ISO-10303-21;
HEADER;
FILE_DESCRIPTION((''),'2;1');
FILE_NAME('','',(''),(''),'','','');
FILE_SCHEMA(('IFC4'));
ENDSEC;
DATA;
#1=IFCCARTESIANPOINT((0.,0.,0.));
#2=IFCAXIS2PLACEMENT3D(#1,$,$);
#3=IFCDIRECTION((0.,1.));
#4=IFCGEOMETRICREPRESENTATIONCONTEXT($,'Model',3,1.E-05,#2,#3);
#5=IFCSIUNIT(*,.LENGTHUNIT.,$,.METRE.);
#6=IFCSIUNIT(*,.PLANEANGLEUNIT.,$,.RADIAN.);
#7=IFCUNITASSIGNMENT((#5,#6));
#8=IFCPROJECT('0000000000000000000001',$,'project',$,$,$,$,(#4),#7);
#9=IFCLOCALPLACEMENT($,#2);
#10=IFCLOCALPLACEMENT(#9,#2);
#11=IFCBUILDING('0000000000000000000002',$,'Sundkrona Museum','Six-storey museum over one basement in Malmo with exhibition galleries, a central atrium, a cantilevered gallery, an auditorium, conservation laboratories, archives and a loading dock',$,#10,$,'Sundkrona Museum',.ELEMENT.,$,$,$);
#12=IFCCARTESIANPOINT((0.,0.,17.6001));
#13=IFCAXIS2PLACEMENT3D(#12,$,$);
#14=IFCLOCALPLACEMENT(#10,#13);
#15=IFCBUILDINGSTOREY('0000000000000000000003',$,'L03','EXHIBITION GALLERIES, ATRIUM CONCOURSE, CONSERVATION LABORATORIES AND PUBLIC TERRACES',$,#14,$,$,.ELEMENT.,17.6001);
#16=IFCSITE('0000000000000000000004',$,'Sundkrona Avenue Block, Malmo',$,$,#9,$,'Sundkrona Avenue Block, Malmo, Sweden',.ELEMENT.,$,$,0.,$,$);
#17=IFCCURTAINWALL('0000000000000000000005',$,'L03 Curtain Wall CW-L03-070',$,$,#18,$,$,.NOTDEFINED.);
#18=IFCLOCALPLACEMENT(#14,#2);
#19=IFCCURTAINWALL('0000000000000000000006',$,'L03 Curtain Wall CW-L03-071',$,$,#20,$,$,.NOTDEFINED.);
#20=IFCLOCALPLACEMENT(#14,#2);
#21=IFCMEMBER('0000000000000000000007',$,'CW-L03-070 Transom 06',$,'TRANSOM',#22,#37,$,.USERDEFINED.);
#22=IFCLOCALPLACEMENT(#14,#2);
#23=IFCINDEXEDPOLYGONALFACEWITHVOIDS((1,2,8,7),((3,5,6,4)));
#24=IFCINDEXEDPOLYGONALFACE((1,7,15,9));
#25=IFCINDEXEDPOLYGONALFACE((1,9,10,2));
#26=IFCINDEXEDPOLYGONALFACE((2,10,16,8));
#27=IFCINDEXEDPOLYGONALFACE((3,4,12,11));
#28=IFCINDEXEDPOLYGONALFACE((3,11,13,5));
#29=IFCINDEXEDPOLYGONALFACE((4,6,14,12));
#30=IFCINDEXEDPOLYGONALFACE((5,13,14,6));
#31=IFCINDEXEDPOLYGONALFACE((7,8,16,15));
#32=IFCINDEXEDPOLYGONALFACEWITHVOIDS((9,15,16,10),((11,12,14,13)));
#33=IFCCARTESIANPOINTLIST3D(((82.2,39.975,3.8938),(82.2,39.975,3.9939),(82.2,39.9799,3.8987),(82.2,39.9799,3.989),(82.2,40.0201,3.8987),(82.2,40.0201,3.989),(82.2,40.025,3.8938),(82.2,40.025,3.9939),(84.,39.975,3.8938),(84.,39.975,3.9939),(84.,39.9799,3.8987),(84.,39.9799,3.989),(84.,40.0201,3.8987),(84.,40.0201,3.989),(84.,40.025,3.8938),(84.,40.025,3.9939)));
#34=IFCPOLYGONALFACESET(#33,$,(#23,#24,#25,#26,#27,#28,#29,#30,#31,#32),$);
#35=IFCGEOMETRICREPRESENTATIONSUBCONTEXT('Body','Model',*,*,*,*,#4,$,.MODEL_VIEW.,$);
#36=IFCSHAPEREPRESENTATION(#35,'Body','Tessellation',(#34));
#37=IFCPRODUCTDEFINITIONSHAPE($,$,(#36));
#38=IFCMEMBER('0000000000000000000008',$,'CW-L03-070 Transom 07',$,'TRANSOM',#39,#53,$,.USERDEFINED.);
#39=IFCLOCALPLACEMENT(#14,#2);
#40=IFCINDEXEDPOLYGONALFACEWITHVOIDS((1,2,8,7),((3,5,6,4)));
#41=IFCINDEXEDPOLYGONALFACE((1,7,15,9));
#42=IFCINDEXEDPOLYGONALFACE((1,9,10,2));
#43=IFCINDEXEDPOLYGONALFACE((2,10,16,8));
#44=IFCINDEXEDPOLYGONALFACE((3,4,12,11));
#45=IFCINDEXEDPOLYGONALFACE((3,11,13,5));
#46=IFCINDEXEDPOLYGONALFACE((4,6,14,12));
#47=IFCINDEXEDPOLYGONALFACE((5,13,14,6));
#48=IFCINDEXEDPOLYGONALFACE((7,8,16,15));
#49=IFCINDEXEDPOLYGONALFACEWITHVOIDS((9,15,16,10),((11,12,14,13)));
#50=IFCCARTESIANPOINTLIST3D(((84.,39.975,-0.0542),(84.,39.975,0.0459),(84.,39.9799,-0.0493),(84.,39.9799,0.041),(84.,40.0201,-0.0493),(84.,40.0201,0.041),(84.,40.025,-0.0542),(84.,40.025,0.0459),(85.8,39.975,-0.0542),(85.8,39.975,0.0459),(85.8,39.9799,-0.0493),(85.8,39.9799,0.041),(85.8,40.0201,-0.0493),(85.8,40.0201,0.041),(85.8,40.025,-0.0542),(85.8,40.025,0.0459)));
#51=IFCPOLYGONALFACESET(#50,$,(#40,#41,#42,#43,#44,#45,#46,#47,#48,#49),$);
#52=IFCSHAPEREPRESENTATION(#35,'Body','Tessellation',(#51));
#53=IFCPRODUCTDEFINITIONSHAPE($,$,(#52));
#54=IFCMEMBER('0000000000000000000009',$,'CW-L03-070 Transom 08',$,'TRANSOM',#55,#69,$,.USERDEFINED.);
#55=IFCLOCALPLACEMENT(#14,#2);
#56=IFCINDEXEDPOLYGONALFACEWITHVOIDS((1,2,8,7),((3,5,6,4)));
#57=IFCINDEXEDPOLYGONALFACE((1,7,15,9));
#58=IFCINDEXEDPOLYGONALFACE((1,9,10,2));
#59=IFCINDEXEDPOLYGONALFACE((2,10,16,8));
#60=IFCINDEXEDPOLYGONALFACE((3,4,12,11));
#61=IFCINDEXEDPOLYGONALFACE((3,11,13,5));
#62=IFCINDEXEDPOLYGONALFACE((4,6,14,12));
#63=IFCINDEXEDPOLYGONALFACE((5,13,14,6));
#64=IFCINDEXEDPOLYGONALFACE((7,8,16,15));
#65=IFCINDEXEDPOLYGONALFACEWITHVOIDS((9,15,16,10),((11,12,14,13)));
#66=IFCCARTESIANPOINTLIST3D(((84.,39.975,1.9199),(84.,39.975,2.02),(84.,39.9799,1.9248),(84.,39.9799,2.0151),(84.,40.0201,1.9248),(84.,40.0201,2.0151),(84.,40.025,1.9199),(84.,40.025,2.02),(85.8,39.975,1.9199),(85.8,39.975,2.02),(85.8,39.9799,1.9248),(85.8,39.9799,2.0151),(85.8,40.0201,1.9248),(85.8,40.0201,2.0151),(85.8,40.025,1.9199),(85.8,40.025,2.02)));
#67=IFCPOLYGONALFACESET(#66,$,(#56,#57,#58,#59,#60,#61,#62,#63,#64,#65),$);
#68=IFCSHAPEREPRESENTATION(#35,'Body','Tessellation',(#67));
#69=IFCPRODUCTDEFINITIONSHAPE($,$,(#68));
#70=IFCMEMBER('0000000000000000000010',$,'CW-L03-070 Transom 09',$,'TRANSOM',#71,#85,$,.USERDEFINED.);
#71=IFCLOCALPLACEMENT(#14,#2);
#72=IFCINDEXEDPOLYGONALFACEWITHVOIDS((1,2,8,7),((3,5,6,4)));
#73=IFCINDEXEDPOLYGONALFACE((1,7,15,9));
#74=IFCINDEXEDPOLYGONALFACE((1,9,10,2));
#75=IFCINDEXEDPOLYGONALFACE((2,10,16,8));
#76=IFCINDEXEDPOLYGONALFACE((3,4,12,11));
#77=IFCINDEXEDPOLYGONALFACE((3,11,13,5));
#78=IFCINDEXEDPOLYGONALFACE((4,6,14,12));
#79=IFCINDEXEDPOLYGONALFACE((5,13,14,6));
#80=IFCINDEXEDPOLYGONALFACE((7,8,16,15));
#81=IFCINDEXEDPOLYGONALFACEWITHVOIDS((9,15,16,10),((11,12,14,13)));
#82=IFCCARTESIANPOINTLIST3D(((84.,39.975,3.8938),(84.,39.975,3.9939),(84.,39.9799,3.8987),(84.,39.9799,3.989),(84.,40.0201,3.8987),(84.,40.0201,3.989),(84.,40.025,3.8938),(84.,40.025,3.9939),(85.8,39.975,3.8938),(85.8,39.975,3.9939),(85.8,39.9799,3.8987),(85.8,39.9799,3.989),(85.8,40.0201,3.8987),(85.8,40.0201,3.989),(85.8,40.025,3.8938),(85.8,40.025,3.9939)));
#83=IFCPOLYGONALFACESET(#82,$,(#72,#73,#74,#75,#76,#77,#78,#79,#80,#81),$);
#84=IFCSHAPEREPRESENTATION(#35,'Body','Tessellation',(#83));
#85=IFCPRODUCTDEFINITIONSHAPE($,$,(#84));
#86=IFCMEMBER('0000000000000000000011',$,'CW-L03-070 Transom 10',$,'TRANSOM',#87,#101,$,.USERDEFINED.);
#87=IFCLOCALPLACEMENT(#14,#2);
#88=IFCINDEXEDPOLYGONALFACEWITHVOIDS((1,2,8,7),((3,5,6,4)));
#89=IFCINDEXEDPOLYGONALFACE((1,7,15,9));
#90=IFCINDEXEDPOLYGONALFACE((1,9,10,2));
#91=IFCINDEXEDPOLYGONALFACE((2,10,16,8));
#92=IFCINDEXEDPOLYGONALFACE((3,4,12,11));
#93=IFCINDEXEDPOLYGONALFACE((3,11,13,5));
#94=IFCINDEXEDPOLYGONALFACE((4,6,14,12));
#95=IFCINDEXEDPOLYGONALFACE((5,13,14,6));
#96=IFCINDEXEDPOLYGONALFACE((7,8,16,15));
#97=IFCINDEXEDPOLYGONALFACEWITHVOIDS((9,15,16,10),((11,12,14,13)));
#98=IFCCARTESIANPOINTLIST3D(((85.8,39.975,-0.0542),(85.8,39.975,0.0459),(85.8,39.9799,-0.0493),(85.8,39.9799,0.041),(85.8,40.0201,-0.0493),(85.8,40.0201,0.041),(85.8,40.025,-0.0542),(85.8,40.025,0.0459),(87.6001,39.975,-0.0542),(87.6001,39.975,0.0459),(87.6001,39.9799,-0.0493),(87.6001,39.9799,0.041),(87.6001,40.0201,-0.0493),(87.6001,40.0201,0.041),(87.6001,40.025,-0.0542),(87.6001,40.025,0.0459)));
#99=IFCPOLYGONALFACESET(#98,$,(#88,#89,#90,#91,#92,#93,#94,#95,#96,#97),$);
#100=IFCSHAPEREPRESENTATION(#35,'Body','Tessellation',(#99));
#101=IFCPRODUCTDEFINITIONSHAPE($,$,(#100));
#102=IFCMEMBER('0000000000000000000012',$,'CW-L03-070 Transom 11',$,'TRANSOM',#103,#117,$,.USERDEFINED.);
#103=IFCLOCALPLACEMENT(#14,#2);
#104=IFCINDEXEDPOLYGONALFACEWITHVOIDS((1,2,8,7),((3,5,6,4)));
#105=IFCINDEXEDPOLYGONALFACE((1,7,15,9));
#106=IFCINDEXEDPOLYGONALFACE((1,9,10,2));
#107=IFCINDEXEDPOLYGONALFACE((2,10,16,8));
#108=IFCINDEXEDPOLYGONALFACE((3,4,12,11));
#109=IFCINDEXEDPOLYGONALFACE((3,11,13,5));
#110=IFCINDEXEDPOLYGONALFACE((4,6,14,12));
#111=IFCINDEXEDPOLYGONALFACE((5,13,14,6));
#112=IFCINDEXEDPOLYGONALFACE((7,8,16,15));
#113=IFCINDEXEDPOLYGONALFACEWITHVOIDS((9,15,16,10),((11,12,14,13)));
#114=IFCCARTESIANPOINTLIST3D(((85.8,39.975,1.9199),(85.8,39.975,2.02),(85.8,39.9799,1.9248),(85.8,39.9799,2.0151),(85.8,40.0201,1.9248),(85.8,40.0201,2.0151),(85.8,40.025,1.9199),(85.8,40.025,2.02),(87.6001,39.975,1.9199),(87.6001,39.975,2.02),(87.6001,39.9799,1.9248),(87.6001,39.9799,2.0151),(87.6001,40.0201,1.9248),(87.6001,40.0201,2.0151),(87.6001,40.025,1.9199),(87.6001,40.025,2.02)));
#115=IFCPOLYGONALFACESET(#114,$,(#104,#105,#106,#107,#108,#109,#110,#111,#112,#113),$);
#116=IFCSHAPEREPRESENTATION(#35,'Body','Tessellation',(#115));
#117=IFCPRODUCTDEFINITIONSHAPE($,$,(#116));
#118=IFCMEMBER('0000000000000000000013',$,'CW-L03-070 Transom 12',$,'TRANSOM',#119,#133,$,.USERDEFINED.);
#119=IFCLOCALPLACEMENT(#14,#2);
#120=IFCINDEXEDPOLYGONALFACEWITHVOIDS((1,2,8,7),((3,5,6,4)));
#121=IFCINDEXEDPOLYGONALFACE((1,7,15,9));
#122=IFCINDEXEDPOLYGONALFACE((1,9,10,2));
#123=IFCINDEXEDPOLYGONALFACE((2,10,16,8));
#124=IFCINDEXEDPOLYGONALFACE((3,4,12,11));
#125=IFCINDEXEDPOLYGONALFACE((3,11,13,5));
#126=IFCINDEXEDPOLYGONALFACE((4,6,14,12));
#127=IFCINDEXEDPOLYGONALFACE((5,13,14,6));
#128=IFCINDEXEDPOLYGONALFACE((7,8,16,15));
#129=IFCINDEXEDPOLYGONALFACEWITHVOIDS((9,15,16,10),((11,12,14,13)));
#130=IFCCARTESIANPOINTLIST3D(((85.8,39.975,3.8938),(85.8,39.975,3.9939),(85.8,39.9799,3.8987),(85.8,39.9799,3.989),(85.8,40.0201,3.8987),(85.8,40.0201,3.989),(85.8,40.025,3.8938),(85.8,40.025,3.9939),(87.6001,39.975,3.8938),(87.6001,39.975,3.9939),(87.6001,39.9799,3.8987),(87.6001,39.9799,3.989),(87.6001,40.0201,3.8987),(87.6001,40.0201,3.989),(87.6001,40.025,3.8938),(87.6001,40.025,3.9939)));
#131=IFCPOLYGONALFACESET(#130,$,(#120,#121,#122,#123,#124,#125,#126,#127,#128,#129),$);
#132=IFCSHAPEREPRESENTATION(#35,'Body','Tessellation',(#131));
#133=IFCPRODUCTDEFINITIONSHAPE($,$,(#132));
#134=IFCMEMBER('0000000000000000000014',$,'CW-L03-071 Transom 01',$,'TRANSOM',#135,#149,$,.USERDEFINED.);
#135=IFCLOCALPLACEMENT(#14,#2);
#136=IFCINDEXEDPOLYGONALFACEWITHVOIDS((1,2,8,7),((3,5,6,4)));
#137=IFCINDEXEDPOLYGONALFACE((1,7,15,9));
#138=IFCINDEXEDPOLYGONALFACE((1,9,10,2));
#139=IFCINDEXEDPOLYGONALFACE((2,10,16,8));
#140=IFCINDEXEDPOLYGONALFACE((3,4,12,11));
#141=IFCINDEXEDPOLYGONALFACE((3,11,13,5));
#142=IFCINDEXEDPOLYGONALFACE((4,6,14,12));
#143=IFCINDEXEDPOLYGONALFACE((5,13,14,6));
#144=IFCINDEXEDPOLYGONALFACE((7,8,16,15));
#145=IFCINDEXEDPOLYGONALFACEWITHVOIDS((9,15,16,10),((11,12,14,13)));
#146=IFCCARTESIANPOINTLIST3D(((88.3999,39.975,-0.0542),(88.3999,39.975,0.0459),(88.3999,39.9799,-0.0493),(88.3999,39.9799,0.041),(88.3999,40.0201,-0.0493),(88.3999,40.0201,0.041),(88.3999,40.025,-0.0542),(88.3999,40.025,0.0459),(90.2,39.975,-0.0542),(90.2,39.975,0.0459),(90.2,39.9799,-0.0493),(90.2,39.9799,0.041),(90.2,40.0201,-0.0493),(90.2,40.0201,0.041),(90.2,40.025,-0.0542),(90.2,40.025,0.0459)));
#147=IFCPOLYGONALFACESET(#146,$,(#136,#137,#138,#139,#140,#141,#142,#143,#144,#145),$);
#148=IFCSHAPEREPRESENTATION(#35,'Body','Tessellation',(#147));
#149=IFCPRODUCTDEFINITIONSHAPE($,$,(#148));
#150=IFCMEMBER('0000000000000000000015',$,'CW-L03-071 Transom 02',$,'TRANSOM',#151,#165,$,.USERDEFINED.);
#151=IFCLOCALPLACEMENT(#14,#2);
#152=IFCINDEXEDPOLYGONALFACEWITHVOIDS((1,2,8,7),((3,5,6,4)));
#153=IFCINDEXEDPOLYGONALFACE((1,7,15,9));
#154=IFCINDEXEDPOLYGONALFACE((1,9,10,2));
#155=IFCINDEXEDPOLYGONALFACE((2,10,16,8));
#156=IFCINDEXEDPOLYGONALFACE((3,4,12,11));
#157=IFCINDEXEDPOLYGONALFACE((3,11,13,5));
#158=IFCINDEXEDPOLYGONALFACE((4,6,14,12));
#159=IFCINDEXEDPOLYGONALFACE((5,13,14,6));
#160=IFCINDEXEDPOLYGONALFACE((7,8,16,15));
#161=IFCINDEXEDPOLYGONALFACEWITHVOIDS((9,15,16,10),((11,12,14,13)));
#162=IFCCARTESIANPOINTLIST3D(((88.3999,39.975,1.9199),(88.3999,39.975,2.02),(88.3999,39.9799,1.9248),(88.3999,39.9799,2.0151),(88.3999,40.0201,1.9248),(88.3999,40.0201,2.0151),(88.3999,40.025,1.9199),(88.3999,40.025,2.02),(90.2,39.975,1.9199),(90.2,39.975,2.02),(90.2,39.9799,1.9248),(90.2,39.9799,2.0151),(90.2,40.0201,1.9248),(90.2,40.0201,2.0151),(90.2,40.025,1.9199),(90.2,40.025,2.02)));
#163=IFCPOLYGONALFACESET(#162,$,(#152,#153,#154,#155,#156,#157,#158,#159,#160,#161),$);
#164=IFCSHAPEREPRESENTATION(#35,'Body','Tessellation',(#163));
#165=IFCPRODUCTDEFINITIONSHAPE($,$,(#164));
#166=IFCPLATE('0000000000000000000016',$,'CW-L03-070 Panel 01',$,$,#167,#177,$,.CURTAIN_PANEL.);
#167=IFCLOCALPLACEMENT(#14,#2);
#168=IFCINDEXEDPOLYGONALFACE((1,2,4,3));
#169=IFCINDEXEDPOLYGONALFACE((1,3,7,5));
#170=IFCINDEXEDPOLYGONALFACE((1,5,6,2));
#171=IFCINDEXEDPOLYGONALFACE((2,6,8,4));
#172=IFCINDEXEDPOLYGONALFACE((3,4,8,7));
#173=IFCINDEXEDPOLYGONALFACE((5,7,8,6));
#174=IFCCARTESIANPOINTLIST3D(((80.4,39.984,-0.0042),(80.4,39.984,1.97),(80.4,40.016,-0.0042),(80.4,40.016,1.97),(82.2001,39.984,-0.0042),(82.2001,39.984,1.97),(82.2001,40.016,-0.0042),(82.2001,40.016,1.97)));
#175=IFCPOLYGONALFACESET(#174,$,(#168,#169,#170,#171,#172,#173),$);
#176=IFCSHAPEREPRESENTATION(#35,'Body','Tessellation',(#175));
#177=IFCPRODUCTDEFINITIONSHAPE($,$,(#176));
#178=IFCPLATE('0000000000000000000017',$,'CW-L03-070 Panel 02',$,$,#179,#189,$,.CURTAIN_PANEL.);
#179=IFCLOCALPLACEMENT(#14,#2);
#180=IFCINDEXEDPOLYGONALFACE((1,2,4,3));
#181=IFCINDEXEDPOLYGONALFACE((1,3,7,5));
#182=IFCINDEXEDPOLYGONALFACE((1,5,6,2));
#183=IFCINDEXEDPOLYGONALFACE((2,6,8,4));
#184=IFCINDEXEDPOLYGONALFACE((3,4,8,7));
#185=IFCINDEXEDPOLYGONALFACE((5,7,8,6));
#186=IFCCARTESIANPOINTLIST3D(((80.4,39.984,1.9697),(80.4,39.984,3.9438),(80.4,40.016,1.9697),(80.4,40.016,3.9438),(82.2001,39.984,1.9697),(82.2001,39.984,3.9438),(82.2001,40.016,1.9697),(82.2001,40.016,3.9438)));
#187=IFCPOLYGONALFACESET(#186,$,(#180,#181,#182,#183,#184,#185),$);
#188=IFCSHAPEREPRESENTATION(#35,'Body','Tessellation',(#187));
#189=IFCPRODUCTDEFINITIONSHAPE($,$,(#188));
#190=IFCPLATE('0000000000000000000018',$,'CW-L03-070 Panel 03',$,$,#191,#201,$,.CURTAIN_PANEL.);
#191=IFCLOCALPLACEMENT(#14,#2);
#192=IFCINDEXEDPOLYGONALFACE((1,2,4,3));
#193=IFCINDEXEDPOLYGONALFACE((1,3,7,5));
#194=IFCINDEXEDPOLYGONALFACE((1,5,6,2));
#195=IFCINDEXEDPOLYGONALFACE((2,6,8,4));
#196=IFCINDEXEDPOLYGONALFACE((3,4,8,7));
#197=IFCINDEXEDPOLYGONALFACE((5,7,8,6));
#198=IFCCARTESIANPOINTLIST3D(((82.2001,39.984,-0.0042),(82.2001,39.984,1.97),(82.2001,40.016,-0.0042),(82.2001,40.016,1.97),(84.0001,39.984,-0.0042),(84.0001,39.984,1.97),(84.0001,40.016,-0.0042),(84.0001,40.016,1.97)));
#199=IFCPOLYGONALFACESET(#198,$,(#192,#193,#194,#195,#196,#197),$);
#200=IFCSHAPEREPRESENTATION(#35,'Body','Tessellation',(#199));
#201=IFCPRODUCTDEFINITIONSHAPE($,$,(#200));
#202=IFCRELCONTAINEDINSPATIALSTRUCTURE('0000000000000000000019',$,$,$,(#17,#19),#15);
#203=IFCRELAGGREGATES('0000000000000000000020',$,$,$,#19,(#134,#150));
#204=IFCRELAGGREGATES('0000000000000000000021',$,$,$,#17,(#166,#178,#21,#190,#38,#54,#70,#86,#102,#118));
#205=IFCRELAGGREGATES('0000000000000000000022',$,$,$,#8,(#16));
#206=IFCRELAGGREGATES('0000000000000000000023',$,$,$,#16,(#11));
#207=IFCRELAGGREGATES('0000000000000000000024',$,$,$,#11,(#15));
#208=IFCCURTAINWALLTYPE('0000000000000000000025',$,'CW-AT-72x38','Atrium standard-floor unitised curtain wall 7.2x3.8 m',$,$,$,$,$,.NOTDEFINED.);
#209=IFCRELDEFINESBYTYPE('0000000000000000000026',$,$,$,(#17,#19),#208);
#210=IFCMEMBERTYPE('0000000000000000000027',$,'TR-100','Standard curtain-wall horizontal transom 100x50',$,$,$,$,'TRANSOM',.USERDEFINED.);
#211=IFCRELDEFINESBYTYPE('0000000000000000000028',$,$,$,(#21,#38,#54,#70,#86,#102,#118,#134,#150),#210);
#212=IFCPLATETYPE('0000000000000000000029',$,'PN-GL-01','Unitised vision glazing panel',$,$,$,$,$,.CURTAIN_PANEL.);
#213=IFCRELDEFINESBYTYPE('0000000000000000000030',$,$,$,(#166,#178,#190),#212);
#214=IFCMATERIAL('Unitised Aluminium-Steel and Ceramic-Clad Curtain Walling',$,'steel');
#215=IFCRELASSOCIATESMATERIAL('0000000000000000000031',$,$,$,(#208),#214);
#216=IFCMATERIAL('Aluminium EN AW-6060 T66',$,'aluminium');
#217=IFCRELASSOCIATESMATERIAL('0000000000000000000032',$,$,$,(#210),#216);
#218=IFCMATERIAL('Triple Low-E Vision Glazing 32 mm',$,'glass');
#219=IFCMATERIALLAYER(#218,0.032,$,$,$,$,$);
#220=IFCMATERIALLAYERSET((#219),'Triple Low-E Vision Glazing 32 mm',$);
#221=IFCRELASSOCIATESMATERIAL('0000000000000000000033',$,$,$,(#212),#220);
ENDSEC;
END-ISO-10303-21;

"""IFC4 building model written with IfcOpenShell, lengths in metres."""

from ifc_helpers import new_model, si_unit, direction, frame, origin, origin_2d, place, context, subcontext, project, spatial, rectangle, hollow_rectangle, extrude, material, layer, layer_set, material_profile, profile_set, type_object, element, aggregate, save


model = new_model("IFC4")

# Units and contexts
model_context = context("Model", 3, precision=1e-05, world=origin(), true_north=direction((0.0, 1.0)))
body_context = subcontext(model_context, "Body", "Model", "MODEL_VIEW")
ifc_project = project(units=[si_unit("LENGTHUNIT", "METRE"), si_unit("PLANEANGLEUNIT", "RADIAN")], contexts=[model_context])

# Site, building, storey
site_placement = place(None, origin())
site = spatial("IfcSite", under=ifc_project, at=site_placement, Name="Sundkrona Avenue Block, Malmo", LongName="Sundkrona Avenue Block, Malmo, Sweden", CompositionType="ELEMENT", RefElevation=0.0)
building_placement = place(site_placement, origin())
building = spatial("IfcBuilding", under=site, at=building_placement, Name="Sundkrona Museum", Description="Six-storey museum over one basement in Malmo with exhibition galleries, a central atrium, a cantilevered gallery, an auditorium, conservation laboratories, archives and a loading dock", LongName="Sundkrona Museum", CompositionType="ELEMENT")
storey_placement = place(building_placement, frame((0.0, 0.0, 17.6001)))
storey = spatial("IfcBuildingStorey", under=building, at=storey_placement, Name="L03", Description="EXHIBITION GALLERIES, ATRIUM CONCOURSE, CONSERVATION LABORATORIES AND PUBLIC TERRACES", CompositionType="ELEMENT", Elevation=17.6001)

# Curtain wall
ifc_material_1 = material(Name="Unitised Aluminium-Steel and Ceramic-Clad Curtain Walling", Category="steel")
curtain_wall_type = type_object("IfcCurtainWallType", Name="CW-AT-72x38", Description="Atrium standard-floor unitised curtain wall 7.2x3.8 m", PredefinedType="NOTDEFINED", material=ifc_material_1)
curtain_wall_1_placement = place(storey_placement, origin())
curtain_wall_1 = element("IfcCurtainWall", 1, at=curtain_wall_1_placement, inside=storey, type_object=curtain_wall_type, Name="L03 Curtain Wall CW-L03-070", PredefinedType="NOTDEFINED")
ifc_material_2 = material(Name="Aluminium EN AW-6060 T66", Category="aluminium")

# Curtain wall
curtain_wall_2_placement = place(storey_placement, origin())
curtain_wall_2 = element("IfcCurtainWall", 2, at=curtain_wall_2_placement, inside=storey, type_object=curtain_wall_type, Name="L03 Curtain Wall CW-L03-071", PredefinedType="NOTDEFINED")

# Members
ifc_material_profile_1 = material_profile(ifc_material_2, hollow_rectangle(XDim=0.05, YDim=0.1001, WallThickness=0.0049, at=origin_2d()), Name="RHS 100x50x5.0")
ifc_profile_set_1 = profile_set([ifc_material_profile_1], Name="Aluminium EN AW-6060 T66")
member_type_1 = type_object("IfcMemberType", Name="TR-100", Description="Standard curtain-wall horizontal transom 100x50", ElementType="TRANSOM", PredefinedType="USERDEFINED", material=ifc_profile_set_1)
member_1_placement = place(storey_placement, frame((82.2, 40.0, 3.9438), z_axis=(1.0, 0.0, 0.0), x_axis=(0.0, 1.0, 0.0)))
member_1 = element("IfcMember", 3, at=member_1_placement, type_object=member_type_1, Name="CW-L03-070 Transom 06", ObjectType="TRANSOM", PredefinedType="USERDEFINED", context=body_context, shape_type="SweptSolid", body=[
    extrude(hollow_rectangle(XDim=0.05, YDim=0.1001, WallThickness=0.0049, at=origin_2d()), origin(), (0.0, 0.0, 1.0), 1.8),
])
member_2_placement = place(storey_placement, frame((84.0, 40.0, -0.0042), z_axis=(1.0, 0.0, 0.0), x_axis=(0.0, 1.0, 0.0)))
member_2 = element("IfcMember", 4, at=member_2_placement, type_object=member_type_1, Name="CW-L03-070 Transom 07", ObjectType="TRANSOM", PredefinedType="USERDEFINED", context=body_context, shape_type="SweptSolid", body=[
    extrude(hollow_rectangle(XDim=0.05, YDim=0.1001, WallThickness=0.0049, at=origin_2d()), origin(), (0.0, 0.0, 1.0), 1.8),
])
member_3_placement = place(storey_placement, frame((84.0, 40.0, 1.97), z_axis=(1.0, 0.0, 0.0), x_axis=(0.0, 1.0, 0.0)))
member_3 = element("IfcMember", 5, at=member_3_placement, type_object=member_type_1, Name="CW-L03-070 Transom 08", ObjectType="TRANSOM", PredefinedType="USERDEFINED", context=body_context, shape_type="SweptSolid", body=[
    extrude(hollow_rectangle(XDim=0.05, YDim=0.1001, WallThickness=0.0049, at=origin_2d()), origin(), (0.0, 0.0, 1.0), 1.8),
])
member_4_placement = place(storey_placement, frame((84.0, 40.0, 3.9438), z_axis=(1.0, 0.0, 0.0), x_axis=(0.0, 1.0, 0.0)))
member_4 = element("IfcMember", 6, at=member_4_placement, type_object=member_type_1, Name="CW-L03-070 Transom 09", ObjectType="TRANSOM", PredefinedType="USERDEFINED", context=body_context, shape_type="SweptSolid", body=[
    extrude(hollow_rectangle(XDim=0.05, YDim=0.1001, WallThickness=0.0049, at=origin_2d()), origin(), (0.0, 0.0, 1.0), 1.8),
])
member_5_placement = place(storey_placement, frame((85.8, 40.0, -0.0042), z_axis=(1.0, 0.0, 0.0), x_axis=(0.0, 1.0, 0.0)))
member_5 = element("IfcMember", 7, at=member_5_placement, type_object=member_type_1, Name="CW-L03-070 Transom 10", ObjectType="TRANSOM", PredefinedType="USERDEFINED", context=body_context, shape_type="SweptSolid", body=[
    extrude(hollow_rectangle(XDim=0.05, YDim=0.1001, WallThickness=0.0049, at=origin_2d()), origin(), (0.0, 0.0, 1.0), 1.8),
])
member_6_placement = place(storey_placement, frame((85.8, 40.0, 1.97), z_axis=(1.0, 0.0, 0.0), x_axis=(0.0, 1.0, 0.0)))
member_6 = element("IfcMember", 8, at=member_6_placement, type_object=member_type_1, Name="CW-L03-070 Transom 11", ObjectType="TRANSOM", PredefinedType="USERDEFINED", context=body_context, shape_type="SweptSolid", body=[
    extrude(hollow_rectangle(XDim=0.05, YDim=0.1001, WallThickness=0.0049, at=origin_2d()), origin(), (0.0, 0.0, 1.0), 1.8),
])
member_7_placement = place(storey_placement, frame((85.8, 40.0, 3.9438), z_axis=(1.0, 0.0, 0.0), x_axis=(0.0, 1.0, 0.0)))
member_7 = element("IfcMember", 9, at=member_7_placement, type_object=member_type_1, Name="CW-L03-070 Transom 12", ObjectType="TRANSOM", PredefinedType="USERDEFINED", context=body_context, shape_type="SweptSolid", body=[
    extrude(hollow_rectangle(XDim=0.05, YDim=0.1001, WallThickness=0.0049, at=origin_2d()), origin(), (0.0, 0.0, 1.0), 1.8),
])
member_8_placement = place(storey_placement, frame((88.3999, 40.0, -0.0042), z_axis=(1.0, 0.0, 0.0), x_axis=(0.0, 1.0, 0.0)))
member_8 = element("IfcMember", 10, at=member_8_placement, type_object=member_type_1, Name="CW-L03-071 Transom 01", ObjectType="TRANSOM", PredefinedType="USERDEFINED", context=body_context, shape_type="SweptSolid", body=[
    extrude(hollow_rectangle(XDim=0.05, YDim=0.1001, WallThickness=0.0049, at=origin_2d()), origin(), (0.0, 0.0, 1.0), 1.8),
])
member_9_placement = place(storey_placement, frame((88.3999, 40.0, 1.97), z_axis=(1.0, 0.0, 0.0), x_axis=(0.0, 1.0, 0.0)))
member_9 = element("IfcMember", 11, at=member_9_placement, type_object=member_type_1, Name="CW-L03-071 Transom 02", ObjectType="TRANSOM", PredefinedType="USERDEFINED", context=body_context, shape_type="SweptSolid", body=[
    extrude(hollow_rectangle(XDim=0.05, YDim=0.1001, WallThickness=0.0049, at=origin_2d()), origin(), (0.0, 0.0, 1.0), 1.8),
])
aggregate(curtain_wall_2, [member_8, member_9])

# Plates
ifc_material_3 = material(Name="Triple Low-E Vision Glazing 32 mm", Category="glass")
ifc_layer = layer(ifc_material_3, 0.032)
ifc_layer_set = layer_set([ifc_layer], Name="Triple Low-E Vision Glazing 32 mm")
plate_type = type_object("IfcPlateType", Name="PN-GL-01", Description="Unitised vision glazing panel", PredefinedType="CURTAIN_PANEL", material=ifc_layer_set)
plate_1_placement = place(storey_placement, frame((81.3, 40.0, -0.0042), z_axis=(0.0, 0.0, 1.0), x_axis=(1.0, 0.0, 0.0)))
plate_1 = element("IfcPlate", 12, at=plate_1_placement, type_object=plate_type, Name="CW-L03-070 Panel 01", PredefinedType="CURTAIN_PANEL", context=body_context, shape_type="SweptSolid", body=[
    extrude(rectangle(XDim=1.8, YDim=0.032, at=origin_2d()), origin(), (0.0, 0.0, 1.0), 1.9741),
])
plate_2_placement = place(storey_placement, frame((81.3, 40.0, 1.9697), z_axis=(0.0, 0.0, 1.0), x_axis=(1.0, 0.0, 0.0)))
plate_2 = element("IfcPlate", 13, at=plate_2_placement, type_object=plate_type, Name="CW-L03-070 Panel 02", PredefinedType="CURTAIN_PANEL", context=body_context, shape_type="SweptSolid", body=[
    extrude(rectangle(XDim=1.8, YDim=0.032, at=origin_2d()), origin(), (0.0, 0.0, 1.0), 1.9741),
])
plate_3_placement = place(storey_placement, frame((83.1001, 40.0, -0.0042), z_axis=(0.0, 0.0, 1.0), x_axis=(1.0, 0.0, 0.0)))
plate_3 = element("IfcPlate", 14, at=plate_3_placement, type_object=plate_type, Name="CW-L03-070 Panel 03", PredefinedType="CURTAIN_PANEL", context=body_context, shape_type="SweptSolid", body=[
    extrude(rectangle(XDim=1.8, YDim=0.032, at=origin_2d()), origin(), (0.0, 0.0, 1.0), 1.9741),
])
aggregate(curtain_wall_1, [plate_1, plate_2, member_1, plate_3, member_2, member_3, member_4, member_5, member_6, member_7])

save(model, "model.ifc")
